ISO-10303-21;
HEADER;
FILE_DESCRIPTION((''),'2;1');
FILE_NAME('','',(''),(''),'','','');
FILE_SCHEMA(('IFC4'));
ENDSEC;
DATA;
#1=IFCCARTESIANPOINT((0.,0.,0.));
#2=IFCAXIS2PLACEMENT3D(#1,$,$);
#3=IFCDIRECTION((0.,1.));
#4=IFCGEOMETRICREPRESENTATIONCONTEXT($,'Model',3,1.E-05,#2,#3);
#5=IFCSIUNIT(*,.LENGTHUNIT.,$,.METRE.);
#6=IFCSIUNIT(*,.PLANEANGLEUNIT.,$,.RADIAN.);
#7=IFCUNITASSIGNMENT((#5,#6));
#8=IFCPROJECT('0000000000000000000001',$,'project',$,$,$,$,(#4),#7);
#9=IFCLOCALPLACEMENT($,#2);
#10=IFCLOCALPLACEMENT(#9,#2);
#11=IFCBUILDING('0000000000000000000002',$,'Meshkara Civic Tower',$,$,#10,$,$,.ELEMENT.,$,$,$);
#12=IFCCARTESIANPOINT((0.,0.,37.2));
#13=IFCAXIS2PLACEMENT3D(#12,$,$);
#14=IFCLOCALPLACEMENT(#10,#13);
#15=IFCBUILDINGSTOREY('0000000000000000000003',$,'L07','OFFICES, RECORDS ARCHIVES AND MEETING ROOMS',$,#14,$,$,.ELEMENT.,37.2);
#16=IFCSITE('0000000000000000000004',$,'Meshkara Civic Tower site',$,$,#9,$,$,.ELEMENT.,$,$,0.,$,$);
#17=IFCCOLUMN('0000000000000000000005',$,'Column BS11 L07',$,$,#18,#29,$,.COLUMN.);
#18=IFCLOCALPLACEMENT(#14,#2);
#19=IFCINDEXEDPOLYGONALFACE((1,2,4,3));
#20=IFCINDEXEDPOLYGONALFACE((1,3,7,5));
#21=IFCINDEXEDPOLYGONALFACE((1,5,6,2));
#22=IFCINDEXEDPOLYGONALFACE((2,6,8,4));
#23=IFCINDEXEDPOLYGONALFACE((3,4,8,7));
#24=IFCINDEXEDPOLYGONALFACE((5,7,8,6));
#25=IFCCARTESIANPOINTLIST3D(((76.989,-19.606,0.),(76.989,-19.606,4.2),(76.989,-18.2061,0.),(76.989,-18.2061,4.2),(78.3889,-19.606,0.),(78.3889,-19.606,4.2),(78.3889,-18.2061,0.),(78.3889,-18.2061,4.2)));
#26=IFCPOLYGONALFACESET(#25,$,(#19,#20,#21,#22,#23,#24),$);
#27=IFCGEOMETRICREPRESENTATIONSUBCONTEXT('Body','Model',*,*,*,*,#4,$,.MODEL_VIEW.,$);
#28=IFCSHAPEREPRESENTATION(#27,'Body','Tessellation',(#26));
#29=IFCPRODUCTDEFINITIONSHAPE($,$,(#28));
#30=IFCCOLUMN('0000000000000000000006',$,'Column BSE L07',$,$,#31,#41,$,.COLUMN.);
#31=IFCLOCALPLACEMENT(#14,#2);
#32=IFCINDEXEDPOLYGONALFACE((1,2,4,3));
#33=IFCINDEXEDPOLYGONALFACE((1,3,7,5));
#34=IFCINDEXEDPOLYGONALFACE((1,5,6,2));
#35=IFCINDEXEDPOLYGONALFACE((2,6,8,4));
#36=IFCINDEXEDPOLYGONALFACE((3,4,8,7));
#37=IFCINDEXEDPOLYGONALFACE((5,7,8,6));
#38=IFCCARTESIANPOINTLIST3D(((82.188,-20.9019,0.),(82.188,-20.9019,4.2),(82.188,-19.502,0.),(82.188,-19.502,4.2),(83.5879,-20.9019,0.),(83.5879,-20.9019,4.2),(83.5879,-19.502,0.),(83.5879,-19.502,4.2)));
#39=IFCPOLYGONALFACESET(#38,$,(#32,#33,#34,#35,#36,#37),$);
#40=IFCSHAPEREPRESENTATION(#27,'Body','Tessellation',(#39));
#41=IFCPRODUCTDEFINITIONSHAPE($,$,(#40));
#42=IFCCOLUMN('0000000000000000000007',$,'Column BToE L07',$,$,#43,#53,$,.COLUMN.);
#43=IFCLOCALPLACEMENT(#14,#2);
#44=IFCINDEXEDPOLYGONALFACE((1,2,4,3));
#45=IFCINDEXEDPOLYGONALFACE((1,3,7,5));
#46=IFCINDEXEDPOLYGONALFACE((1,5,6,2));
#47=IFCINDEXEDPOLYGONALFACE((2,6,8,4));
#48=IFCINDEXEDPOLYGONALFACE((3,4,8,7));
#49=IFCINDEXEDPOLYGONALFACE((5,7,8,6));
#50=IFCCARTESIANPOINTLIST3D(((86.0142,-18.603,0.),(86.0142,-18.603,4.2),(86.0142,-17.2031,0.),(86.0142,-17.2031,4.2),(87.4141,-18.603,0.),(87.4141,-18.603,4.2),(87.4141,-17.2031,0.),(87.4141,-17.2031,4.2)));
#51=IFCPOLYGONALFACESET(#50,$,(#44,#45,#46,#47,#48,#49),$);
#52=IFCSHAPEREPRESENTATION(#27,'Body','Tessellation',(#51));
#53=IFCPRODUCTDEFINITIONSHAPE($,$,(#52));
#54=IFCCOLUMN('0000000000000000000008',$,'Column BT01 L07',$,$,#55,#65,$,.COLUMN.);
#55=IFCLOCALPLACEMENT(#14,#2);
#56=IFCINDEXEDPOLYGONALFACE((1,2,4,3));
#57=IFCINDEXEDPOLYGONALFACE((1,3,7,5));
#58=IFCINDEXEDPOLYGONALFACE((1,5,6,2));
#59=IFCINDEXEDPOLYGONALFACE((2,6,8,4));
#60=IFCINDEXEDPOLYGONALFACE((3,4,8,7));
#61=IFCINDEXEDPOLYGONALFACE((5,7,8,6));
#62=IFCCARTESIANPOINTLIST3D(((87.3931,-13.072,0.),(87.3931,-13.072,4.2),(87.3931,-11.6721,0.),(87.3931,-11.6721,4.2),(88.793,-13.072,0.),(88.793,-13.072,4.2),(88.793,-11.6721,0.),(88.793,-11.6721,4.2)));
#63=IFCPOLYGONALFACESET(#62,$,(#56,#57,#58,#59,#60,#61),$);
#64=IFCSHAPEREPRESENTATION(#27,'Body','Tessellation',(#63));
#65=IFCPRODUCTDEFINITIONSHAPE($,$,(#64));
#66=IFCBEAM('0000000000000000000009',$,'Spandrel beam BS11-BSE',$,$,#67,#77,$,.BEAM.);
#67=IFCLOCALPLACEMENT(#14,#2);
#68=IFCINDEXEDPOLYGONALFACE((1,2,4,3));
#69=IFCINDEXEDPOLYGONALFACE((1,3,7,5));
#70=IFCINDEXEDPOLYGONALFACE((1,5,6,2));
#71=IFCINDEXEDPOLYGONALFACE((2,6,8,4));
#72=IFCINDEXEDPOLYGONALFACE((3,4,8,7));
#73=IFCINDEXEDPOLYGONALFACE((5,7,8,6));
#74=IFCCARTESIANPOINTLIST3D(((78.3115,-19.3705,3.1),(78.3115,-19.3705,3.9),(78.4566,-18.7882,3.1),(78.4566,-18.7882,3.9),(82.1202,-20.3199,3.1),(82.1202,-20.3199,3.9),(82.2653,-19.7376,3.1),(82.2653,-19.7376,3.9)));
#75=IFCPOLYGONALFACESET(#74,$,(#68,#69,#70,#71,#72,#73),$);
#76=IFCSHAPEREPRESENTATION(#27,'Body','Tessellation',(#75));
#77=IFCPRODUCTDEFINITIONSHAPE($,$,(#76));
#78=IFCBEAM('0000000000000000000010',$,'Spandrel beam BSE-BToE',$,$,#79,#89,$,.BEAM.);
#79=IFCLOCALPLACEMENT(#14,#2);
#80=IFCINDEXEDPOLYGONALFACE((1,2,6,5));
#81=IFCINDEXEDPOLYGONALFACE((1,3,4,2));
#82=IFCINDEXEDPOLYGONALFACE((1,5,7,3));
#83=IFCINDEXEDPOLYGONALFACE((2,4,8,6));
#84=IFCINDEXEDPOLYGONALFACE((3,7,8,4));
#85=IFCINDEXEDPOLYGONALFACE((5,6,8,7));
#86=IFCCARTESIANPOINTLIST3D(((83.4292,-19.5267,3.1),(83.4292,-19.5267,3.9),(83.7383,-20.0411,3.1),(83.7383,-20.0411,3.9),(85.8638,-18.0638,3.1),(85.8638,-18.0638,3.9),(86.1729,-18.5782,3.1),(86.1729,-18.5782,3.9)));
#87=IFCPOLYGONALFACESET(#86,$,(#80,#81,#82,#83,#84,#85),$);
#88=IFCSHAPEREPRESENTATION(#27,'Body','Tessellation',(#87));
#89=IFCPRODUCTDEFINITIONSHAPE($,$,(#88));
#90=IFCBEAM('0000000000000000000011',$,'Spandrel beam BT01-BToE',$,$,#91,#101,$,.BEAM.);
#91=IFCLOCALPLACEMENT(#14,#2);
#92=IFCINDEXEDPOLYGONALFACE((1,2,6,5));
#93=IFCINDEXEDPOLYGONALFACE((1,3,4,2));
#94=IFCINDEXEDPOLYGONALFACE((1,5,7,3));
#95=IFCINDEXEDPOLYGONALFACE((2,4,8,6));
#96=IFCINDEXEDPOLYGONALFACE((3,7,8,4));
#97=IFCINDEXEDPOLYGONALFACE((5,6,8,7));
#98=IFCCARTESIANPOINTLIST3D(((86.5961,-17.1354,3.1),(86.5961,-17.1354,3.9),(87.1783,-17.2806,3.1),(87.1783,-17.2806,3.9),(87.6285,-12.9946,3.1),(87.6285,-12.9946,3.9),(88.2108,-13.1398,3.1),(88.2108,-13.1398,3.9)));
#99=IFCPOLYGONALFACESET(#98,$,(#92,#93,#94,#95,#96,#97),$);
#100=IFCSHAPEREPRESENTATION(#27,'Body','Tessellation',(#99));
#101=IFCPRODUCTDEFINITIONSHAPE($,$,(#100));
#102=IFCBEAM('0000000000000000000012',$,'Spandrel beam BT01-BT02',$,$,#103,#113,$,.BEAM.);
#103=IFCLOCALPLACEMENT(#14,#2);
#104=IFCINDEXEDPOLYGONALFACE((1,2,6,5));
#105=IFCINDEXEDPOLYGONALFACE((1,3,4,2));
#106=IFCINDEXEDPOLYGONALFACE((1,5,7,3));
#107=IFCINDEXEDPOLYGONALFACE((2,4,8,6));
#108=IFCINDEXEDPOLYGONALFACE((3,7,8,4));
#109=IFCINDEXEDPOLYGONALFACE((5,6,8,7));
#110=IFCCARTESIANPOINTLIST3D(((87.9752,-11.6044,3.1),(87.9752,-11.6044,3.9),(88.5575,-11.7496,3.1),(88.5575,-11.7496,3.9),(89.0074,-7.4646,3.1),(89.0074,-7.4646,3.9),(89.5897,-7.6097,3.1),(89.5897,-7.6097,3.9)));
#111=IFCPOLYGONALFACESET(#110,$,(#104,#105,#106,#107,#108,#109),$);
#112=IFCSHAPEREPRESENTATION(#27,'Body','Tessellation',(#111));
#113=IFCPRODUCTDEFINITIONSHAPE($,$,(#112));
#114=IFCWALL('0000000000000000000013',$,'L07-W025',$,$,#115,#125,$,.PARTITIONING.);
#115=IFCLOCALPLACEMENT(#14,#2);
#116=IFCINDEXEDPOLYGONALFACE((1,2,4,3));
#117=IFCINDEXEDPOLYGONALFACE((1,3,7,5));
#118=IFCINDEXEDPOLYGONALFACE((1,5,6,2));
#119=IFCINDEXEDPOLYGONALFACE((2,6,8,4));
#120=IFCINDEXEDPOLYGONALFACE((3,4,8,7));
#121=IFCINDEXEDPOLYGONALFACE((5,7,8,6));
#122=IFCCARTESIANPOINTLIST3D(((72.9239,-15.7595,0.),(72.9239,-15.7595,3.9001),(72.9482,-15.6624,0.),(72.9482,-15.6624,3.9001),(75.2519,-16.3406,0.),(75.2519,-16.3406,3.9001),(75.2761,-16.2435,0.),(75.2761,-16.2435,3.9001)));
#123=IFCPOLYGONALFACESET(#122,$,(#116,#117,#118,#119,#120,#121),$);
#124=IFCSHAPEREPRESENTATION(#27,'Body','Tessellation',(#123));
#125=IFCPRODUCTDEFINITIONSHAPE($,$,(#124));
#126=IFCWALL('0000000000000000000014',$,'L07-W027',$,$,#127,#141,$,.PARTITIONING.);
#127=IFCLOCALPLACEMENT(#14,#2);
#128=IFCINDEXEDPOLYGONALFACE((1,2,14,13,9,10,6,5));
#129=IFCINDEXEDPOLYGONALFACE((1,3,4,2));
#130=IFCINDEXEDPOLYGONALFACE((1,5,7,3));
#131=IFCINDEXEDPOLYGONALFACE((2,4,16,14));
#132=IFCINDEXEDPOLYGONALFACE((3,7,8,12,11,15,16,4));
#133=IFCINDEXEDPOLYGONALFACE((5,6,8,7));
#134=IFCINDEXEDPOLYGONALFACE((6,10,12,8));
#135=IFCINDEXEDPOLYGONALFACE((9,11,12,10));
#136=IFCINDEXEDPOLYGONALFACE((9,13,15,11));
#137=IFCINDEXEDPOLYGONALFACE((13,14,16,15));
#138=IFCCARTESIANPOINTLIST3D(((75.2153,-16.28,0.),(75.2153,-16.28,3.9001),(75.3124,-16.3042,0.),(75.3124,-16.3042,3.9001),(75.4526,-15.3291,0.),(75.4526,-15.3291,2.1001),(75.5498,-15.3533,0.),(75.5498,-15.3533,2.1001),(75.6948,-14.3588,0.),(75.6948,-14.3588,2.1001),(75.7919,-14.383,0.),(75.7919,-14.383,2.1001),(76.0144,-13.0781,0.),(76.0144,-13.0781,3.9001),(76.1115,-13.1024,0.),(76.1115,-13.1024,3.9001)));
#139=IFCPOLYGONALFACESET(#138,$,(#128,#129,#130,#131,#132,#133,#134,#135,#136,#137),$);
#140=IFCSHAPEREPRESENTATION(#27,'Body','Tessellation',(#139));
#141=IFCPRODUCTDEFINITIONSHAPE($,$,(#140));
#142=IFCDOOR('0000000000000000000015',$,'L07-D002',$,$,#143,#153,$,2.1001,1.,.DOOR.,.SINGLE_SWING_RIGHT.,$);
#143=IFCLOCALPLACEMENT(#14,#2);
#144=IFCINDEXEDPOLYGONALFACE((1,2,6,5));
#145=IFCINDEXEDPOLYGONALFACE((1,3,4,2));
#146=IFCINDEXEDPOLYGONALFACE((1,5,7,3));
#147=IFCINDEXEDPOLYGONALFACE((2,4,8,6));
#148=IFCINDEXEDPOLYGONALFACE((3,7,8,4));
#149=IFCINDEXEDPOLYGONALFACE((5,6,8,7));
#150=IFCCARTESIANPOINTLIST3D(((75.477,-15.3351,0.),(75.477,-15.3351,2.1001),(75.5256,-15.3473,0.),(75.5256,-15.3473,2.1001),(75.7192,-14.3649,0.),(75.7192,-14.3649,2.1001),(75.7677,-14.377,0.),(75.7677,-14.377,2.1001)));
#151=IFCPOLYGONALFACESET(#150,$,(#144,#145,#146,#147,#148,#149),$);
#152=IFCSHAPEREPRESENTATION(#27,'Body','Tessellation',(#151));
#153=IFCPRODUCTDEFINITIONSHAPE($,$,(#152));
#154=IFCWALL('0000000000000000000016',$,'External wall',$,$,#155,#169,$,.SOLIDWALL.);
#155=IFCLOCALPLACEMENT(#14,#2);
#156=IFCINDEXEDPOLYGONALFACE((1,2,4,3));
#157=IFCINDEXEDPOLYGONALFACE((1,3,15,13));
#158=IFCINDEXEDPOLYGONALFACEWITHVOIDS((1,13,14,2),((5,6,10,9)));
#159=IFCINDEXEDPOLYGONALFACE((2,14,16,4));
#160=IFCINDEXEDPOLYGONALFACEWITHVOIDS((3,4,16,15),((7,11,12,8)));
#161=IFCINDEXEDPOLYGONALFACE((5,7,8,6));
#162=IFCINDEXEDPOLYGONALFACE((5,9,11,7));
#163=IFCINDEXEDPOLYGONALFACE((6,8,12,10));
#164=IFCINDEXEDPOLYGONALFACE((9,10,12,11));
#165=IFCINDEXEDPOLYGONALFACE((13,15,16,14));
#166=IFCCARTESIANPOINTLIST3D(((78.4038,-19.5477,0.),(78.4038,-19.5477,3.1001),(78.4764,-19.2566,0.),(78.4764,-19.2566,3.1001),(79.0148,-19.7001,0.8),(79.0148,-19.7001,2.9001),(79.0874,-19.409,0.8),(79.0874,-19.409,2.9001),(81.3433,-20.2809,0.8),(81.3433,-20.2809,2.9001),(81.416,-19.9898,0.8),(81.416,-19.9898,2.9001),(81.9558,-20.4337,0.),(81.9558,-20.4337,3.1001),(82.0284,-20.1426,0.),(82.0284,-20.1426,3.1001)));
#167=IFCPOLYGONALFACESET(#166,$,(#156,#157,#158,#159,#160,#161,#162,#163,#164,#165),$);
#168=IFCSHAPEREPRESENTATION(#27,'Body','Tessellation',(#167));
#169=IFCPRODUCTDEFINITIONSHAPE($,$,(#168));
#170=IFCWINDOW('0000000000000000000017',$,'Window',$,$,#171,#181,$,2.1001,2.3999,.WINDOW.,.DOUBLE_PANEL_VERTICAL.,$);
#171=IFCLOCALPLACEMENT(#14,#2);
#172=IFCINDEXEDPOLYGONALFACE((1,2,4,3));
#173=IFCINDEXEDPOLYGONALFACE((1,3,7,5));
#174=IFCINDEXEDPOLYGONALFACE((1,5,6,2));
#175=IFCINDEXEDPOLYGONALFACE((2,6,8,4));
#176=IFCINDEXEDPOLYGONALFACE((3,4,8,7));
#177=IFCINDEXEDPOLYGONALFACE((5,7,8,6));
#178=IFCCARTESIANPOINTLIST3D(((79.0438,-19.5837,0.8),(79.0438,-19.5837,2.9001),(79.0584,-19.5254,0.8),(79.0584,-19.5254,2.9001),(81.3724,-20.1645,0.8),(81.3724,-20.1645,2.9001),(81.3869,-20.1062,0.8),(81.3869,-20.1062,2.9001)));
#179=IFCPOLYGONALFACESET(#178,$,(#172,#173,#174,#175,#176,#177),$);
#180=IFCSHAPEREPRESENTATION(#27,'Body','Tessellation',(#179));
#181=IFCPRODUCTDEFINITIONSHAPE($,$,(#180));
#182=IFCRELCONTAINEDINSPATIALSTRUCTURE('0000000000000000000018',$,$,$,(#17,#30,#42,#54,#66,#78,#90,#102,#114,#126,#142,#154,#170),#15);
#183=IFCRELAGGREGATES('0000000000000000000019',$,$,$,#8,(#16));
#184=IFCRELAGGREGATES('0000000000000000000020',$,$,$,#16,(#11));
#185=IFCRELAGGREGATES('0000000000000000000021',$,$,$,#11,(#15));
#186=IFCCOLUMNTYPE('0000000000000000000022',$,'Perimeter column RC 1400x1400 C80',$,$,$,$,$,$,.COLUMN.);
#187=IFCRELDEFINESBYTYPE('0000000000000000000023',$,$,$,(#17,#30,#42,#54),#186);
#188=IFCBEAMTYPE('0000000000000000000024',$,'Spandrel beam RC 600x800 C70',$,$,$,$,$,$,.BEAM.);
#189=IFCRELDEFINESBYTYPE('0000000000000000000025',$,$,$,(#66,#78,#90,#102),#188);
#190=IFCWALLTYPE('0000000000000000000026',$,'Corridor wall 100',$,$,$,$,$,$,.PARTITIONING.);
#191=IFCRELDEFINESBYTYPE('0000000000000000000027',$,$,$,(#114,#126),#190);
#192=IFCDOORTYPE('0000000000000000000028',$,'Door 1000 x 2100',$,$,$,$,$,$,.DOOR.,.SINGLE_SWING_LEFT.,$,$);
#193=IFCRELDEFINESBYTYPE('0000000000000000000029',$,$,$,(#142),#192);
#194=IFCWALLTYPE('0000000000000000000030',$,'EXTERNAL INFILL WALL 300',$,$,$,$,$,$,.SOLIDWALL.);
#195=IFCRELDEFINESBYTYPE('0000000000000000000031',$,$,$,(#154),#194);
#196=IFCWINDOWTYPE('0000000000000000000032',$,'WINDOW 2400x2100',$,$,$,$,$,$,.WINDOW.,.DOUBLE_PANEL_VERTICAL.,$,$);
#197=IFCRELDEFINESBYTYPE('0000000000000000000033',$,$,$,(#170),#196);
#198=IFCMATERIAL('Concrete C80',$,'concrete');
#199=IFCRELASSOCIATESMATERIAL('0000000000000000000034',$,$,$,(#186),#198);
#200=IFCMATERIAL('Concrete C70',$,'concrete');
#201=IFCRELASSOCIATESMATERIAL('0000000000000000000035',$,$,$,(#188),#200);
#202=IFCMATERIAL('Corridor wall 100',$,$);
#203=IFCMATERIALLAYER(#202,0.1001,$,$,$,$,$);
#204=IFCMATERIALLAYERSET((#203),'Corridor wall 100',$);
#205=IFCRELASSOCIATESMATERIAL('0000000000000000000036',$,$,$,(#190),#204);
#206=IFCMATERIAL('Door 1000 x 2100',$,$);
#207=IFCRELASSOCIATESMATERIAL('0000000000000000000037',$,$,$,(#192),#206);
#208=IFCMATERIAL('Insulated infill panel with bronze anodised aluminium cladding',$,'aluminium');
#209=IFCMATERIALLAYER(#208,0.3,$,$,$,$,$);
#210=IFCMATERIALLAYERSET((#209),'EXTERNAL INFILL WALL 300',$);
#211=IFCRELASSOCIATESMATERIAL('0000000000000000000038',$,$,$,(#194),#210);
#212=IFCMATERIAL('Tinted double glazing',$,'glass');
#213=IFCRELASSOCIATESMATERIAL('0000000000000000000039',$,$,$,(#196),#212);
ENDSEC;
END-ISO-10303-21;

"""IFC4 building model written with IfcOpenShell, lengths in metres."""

from ifc_helpers import new_model, si_unit, direction, frame, frame_2d, origin, origin_2d, place, context, subcontext, project, spatial, rectangle, extrude, material, layer, layer_set, material_profile, profile_set, type_object, element, fill, save


model = new_model("IFC4")

# Units and contexts
model_context = context("Model", 3, precision=1e-05, world=origin(), true_north=direction((0.0, 1.0)))
body_context = subcontext(model_context, "Body", "Model", "MODEL_VIEW")
ifc_project = project(units=[si_unit("LENGTHUNIT", "METRE"), si_unit("PLANEANGLEUNIT", "RADIAN")], contexts=[model_context])

# Site, building, storey
site_placement = place(None, origin())
site = spatial("IfcSite", under=ifc_project, at=site_placement, Name="Meshkara Civic Tower site", CompositionType="ELEMENT", RefElevation=0.0)
building_placement = place(site_placement, origin())
building = spatial("IfcBuilding", under=site, at=building_placement, Name="Meshkara Civic Tower", CompositionType="ELEMENT")
storey_placement = place(building_placement, frame((0.0, 0.0, 37.2)))
storey = spatial("IfcBuildingStorey", under=building, at=storey_placement, Name="L07", Description="OFFICES, RECORDS ARCHIVES AND MEETING ROOMS", CompositionType="ELEMENT", Elevation=37.2)

# Columns
ifc_material_1 = material(Name="Concrete C80", Category="concrete")
ifc_material_profile_1 = material_profile(ifc_material_1, rectangle(XDim=1.3999, YDim=1.3999, at=origin_2d()))
ifc_profile_set_1 = profile_set([ifc_material_profile_1], Name="Concrete C80")
column_type = type_object("IfcColumnType", Name="Perimeter column RC 1400x1400 C80", PredefinedType="COLUMN", material=ifc_profile_set_1)
for number, where, z_axis, x_axis, name in (
    (1, (77.689, -18.906, 0.0), (0.0, 0.0, 1.0), (1.0, 0.0, 0.0), "Column BS11 L07"),
    (2, (82.8879, -20.2019, 0.0), (0.0, 0.0, 1.0), (1.0, 0.0, 0.0), "Column BSE L07"),
    (3, (86.7141, -17.9031, 0.0), (0.0, 0.0, 1.0), (1.0, 0.0, 0.0), "Column BToE L07"),
    (4, (88.093, -12.3721, 0.0), (0.0, 0.0, 1.0), (1.0, 0.0, 0.0), "Column BT01 L07"),
):
    element("IfcColumn", number, at=place(storey_placement, frame(where, z_axis=z_axis, x_axis=x_axis)), inside=storey, type_object=column_type, Name=name, PredefinedType="COLUMN", context=body_context, shape_type="SweptSolid", body=[
        extrude(rectangle(XDim=1.3999, YDim=1.3999, at=origin_2d()), origin(), (0.0, 0.0, 1.0), 4.2),
    ])

# Beams
ifc_material_2 = material(Name="Concrete C70", Category="concrete")
ifc_material_profile_2 = material_profile(ifc_material_2, rectangle(XDim=0.6001, YDim=0.8, at=origin_2d()))
ifc_profile_set_2 = profile_set([ifc_material_profile_2], Name="Concrete C70")
beam_type = type_object("IfcBeamType", Name="Spandrel beam RC 600x800 C70", PredefinedType="BEAM", material=ifc_profile_set_2)
beam_1_placement = place(storey_placement, frame((78.384, -19.0793, 3.5), z_axis=(0.970307, -0.241877, 0.0), x_axis=(0.241877, 0.970307, 0.0)))
element("IfcBeam", 5, at=beam_1_placement, inside=storey, type_object=beam_type, Name="Spandrel beam BS11-BSE", PredefinedType="BEAM", context=body_context, shape_type="SweptSolid", body=[
    extrude(rectangle(XDim=0.6001, YDim=0.8, at=origin_2d()), origin(), (0.0, 0.0, 1.0), 3.9253),
])
beam_2_placement = place(storey_placement, frame((83.5837, -19.7839, 3.5), z_axis=(0.857159, 0.515052, 0.0), x_axis=(-0.515052, 0.857159, 0.0)))
element("IfcBeam", 6, at=beam_2_placement, inside=storey, type_object=beam_type, Name="Spandrel beam BSE-BToE", PredefinedType="BEAM", context=body_context, shape_type="SweptSolid", body=[
    extrude(rectangle(XDim=0.6001, YDim=0.8, at=origin_2d()), origin(), (0.0, 0.0, 1.0), 2.8403),
])
beam_3_placement = place(storey_placement, frame((86.8872, -17.208, 3.5), z_axis=(0.24193, 0.970294, 0.0), x_axis=(-0.970294, 0.24193, 0.0)))
element("IfcBeam", 7, at=beam_3_placement, inside=storey, type_object=beam_type, Name="Spandrel beam BT01-BToE", PredefinedType="BEAM", context=body_context, shape_type="SweptSolid", body=[
    extrude(rectangle(XDim=0.6001, YDim=0.8, at=origin_2d()), origin(), (0.0, 0.0, 1.0), 4.2676),
])
beam_4_placement = place(storey_placement, frame((88.2664, -11.677, 3.5), z_axis=(0.24193, 0.970294, 0.0), x_axis=(-0.970294, 0.24193, 0.0)))
element("IfcBeam", 8, at=beam_4_placement, inside=storey, type_object=beam_type, Name="Spandrel beam BT01-BT02", PredefinedType="BEAM", context=body_context, shape_type="SweptSolid", body=[
    extrude(rectangle(XDim=0.6001, YDim=0.8, at=origin_2d()), origin(), (0.0, 0.0, 1.0), 4.2666),
])

# Wall
ifc_material_3 = material(Name="Corridor wall 100")
ifc_layer_1 = layer(ifc_material_3, 0.1001)
ifc_layer_set_1 = layer_set([ifc_layer_1], Name="Corridor wall 100")
wall_type_1 = type_object("IfcWallType", Name="Corridor wall 100", PredefinedType="PARTITIONING", material=ifc_layer_set_1)
wall_1_placement = place(storey_placement, frame((72.936, -15.7109, 0.0), z_axis=(0.0, 0.0, 1.0), x_axis=(0.970232, -0.242176, 0.0)))
element("IfcWall", 9, at=wall_1_placement, inside=storey, type_object=wall_type_1, Name="L07-W025", PredefinedType="PARTITIONING", context=body_context, shape_type="SweptSolid", body=[
    extrude(rectangle(XDim=2.3994, YDim=0.1001, at=frame_2d((1.1997, 0.0))), origin(), (0.0, 0.0, 1.0), 3.9001),
])

# Wall, opening, door
wall_2_placement = place(storey_placement, frame((75.2639, -16.292, 0.0), z_axis=(0.0, 0.0, 1.0), x_axis=(0.242135, 0.970243, 0.0)))
wall_2 = element("IfcWall", 10, at=wall_2_placement, inside=storey, type_object=wall_type_1, Name="L07-W027", PredefinedType="PARTITIONING", context=body_context, shape_type="SweptSolid", body=[
    extrude(rectangle(XDim=3.3, YDim=0.1001, at=frame_2d((1.6499, 0.0))), origin(), (0.0, 0.0, 1.0), 3.9001),
])
opening_1_placement = place(wall_2_placement, frame((0.98, 0.0, 0.0)))
opening_1 = element("IfcOpeningElement", 11, at=opening_1_placement, cuts=wall_2, PredefinedType="OPENING", context=body_context, shape_type="SweptSolid", body=[
    extrude(rectangle(XDim=1.0, YDim=2.1001, at=frame_2d((0.5, 1.05))), frame((0.0, 0.0601, 0.0), z_axis=(0.0, -1.0, 0.0), x_axis=(1.0, 0.0, 0.0)), (0.0, 0.0, 1.0), 0.1201),
])
ifc_material_4 = material(Name="Door 1000 x 2100")
door_type_1 = type_object("IfcDoorType", Name="Door 1000 x 2100", OperationType="SINGLE_SWING_LEFT", PredefinedType="DOOR", material=ifc_material_4)
door_1_placement = place(opening_1_placement, origin())
door_1 = element("IfcDoor", 12, at=door_1_placement, inside=storey, type_object=door_type_1, Name="L07-D002", OperationType="SINGLE_SWING_RIGHT", OverallHeight=2.1001, OverallWidth=1.0, PredefinedType="DOOR", context=body_context, shape_type="SweptSolid", body=[
    extrude(rectangle(XDim=1.0, YDim=2.1001, at=frame_2d((0.5, 1.05))), frame((0.0, 0.0249, 0.0), z_axis=(0.0, -1.0, 0.0), x_axis=(1.0, 0.0, 0.0)), (0.0, 0.0, 1.0), 0.05),
])
fill(opening_1, door_1)

# Wall, opening, window
ifc_material_5 = material(Name="Insulated infill panel with bronze anodised aluminium cladding", Category="aluminium")
ifc_layer_2 = layer(ifc_material_5, 0.3)
ifc_layer_set_2 = layer_set([ifc_layer_2], Name="EXTERNAL INFILL WALL 300")
wall_type_2 = type_object("IfcWallType", Name="EXTERNAL INFILL WALL 300", PredefinedType="SOLIDWALL", material=ifc_layer_set_2)
wall_3_placement = place(storey_placement, frame((78.4399, -19.4021, 0.0), z_axis=(0.0, 0.0, 1.0), x_axis=(0.970272, -0.242018, 0.0)))
wall_3 = element("IfcWall", 13, at=wall_3_placement, inside=storey, type_object=wall_type_2, Name="External wall", PredefinedType="SOLIDWALL", context=body_context, shape_type="SweptSolid", body=[
    extrude(rectangle(XDim=3.6609, YDim=0.3, at=frame_2d((1.8306, 0.0))), origin(), (0.0, 0.0, 1.0), 3.1001),
])
opening_2_placement = place(wall_3_placement, frame((0.6299, 0.0, 0.8)))
opening_2 = element("IfcOpeningElement", 14, at=opening_2_placement, cuts=wall_3, PredefinedType="OPENING", context=body_context, shape_type="SweptSolid", body=[
    extrude(rectangle(XDim=2.3999, YDim=2.1001, at=frame_2d((1.2, 1.05))), frame((0.0, 0.1599, 0.0), z_axis=(0.0, -1.0, 0.0), x_axis=(1.0, 0.0, 0.0)), (0.0, 0.0, 1.0), 0.3201),
])
ifc_material_6 = material(Name="Tinted double glazing", Category="glass")
window_type_1 = type_object("IfcWindowType", Name="WINDOW 2400x2100", PartitioningType="DOUBLE_PANEL_VERTICAL", PredefinedType="WINDOW", material=ifc_material_6)
window_1_placement = place(opening_2_placement, origin())
window_1 = element("IfcWindow", 15, at=window_1_placement, inside=storey, type_object=window_type_1, Name="Window", OverallHeight=2.1001, OverallWidth=2.3999, PartitioningType="DOUBLE_PANEL_VERTICAL", PredefinedType="WINDOW", context=body_context, shape_type="SweptSolid", body=[
    extrude(rectangle(XDim=2.3999, YDim=2.1001, at=frame_2d((1.2, 1.05))), frame((0.0, 0.03, 0.0), z_axis=(0.0, -1.0, 0.0), x_axis=(1.0, 0.0, 0.0)), (0.0, 0.0, 1.0), 0.0601),
])
fill(opening_2, window_1)

save(model, "model.ifc")
